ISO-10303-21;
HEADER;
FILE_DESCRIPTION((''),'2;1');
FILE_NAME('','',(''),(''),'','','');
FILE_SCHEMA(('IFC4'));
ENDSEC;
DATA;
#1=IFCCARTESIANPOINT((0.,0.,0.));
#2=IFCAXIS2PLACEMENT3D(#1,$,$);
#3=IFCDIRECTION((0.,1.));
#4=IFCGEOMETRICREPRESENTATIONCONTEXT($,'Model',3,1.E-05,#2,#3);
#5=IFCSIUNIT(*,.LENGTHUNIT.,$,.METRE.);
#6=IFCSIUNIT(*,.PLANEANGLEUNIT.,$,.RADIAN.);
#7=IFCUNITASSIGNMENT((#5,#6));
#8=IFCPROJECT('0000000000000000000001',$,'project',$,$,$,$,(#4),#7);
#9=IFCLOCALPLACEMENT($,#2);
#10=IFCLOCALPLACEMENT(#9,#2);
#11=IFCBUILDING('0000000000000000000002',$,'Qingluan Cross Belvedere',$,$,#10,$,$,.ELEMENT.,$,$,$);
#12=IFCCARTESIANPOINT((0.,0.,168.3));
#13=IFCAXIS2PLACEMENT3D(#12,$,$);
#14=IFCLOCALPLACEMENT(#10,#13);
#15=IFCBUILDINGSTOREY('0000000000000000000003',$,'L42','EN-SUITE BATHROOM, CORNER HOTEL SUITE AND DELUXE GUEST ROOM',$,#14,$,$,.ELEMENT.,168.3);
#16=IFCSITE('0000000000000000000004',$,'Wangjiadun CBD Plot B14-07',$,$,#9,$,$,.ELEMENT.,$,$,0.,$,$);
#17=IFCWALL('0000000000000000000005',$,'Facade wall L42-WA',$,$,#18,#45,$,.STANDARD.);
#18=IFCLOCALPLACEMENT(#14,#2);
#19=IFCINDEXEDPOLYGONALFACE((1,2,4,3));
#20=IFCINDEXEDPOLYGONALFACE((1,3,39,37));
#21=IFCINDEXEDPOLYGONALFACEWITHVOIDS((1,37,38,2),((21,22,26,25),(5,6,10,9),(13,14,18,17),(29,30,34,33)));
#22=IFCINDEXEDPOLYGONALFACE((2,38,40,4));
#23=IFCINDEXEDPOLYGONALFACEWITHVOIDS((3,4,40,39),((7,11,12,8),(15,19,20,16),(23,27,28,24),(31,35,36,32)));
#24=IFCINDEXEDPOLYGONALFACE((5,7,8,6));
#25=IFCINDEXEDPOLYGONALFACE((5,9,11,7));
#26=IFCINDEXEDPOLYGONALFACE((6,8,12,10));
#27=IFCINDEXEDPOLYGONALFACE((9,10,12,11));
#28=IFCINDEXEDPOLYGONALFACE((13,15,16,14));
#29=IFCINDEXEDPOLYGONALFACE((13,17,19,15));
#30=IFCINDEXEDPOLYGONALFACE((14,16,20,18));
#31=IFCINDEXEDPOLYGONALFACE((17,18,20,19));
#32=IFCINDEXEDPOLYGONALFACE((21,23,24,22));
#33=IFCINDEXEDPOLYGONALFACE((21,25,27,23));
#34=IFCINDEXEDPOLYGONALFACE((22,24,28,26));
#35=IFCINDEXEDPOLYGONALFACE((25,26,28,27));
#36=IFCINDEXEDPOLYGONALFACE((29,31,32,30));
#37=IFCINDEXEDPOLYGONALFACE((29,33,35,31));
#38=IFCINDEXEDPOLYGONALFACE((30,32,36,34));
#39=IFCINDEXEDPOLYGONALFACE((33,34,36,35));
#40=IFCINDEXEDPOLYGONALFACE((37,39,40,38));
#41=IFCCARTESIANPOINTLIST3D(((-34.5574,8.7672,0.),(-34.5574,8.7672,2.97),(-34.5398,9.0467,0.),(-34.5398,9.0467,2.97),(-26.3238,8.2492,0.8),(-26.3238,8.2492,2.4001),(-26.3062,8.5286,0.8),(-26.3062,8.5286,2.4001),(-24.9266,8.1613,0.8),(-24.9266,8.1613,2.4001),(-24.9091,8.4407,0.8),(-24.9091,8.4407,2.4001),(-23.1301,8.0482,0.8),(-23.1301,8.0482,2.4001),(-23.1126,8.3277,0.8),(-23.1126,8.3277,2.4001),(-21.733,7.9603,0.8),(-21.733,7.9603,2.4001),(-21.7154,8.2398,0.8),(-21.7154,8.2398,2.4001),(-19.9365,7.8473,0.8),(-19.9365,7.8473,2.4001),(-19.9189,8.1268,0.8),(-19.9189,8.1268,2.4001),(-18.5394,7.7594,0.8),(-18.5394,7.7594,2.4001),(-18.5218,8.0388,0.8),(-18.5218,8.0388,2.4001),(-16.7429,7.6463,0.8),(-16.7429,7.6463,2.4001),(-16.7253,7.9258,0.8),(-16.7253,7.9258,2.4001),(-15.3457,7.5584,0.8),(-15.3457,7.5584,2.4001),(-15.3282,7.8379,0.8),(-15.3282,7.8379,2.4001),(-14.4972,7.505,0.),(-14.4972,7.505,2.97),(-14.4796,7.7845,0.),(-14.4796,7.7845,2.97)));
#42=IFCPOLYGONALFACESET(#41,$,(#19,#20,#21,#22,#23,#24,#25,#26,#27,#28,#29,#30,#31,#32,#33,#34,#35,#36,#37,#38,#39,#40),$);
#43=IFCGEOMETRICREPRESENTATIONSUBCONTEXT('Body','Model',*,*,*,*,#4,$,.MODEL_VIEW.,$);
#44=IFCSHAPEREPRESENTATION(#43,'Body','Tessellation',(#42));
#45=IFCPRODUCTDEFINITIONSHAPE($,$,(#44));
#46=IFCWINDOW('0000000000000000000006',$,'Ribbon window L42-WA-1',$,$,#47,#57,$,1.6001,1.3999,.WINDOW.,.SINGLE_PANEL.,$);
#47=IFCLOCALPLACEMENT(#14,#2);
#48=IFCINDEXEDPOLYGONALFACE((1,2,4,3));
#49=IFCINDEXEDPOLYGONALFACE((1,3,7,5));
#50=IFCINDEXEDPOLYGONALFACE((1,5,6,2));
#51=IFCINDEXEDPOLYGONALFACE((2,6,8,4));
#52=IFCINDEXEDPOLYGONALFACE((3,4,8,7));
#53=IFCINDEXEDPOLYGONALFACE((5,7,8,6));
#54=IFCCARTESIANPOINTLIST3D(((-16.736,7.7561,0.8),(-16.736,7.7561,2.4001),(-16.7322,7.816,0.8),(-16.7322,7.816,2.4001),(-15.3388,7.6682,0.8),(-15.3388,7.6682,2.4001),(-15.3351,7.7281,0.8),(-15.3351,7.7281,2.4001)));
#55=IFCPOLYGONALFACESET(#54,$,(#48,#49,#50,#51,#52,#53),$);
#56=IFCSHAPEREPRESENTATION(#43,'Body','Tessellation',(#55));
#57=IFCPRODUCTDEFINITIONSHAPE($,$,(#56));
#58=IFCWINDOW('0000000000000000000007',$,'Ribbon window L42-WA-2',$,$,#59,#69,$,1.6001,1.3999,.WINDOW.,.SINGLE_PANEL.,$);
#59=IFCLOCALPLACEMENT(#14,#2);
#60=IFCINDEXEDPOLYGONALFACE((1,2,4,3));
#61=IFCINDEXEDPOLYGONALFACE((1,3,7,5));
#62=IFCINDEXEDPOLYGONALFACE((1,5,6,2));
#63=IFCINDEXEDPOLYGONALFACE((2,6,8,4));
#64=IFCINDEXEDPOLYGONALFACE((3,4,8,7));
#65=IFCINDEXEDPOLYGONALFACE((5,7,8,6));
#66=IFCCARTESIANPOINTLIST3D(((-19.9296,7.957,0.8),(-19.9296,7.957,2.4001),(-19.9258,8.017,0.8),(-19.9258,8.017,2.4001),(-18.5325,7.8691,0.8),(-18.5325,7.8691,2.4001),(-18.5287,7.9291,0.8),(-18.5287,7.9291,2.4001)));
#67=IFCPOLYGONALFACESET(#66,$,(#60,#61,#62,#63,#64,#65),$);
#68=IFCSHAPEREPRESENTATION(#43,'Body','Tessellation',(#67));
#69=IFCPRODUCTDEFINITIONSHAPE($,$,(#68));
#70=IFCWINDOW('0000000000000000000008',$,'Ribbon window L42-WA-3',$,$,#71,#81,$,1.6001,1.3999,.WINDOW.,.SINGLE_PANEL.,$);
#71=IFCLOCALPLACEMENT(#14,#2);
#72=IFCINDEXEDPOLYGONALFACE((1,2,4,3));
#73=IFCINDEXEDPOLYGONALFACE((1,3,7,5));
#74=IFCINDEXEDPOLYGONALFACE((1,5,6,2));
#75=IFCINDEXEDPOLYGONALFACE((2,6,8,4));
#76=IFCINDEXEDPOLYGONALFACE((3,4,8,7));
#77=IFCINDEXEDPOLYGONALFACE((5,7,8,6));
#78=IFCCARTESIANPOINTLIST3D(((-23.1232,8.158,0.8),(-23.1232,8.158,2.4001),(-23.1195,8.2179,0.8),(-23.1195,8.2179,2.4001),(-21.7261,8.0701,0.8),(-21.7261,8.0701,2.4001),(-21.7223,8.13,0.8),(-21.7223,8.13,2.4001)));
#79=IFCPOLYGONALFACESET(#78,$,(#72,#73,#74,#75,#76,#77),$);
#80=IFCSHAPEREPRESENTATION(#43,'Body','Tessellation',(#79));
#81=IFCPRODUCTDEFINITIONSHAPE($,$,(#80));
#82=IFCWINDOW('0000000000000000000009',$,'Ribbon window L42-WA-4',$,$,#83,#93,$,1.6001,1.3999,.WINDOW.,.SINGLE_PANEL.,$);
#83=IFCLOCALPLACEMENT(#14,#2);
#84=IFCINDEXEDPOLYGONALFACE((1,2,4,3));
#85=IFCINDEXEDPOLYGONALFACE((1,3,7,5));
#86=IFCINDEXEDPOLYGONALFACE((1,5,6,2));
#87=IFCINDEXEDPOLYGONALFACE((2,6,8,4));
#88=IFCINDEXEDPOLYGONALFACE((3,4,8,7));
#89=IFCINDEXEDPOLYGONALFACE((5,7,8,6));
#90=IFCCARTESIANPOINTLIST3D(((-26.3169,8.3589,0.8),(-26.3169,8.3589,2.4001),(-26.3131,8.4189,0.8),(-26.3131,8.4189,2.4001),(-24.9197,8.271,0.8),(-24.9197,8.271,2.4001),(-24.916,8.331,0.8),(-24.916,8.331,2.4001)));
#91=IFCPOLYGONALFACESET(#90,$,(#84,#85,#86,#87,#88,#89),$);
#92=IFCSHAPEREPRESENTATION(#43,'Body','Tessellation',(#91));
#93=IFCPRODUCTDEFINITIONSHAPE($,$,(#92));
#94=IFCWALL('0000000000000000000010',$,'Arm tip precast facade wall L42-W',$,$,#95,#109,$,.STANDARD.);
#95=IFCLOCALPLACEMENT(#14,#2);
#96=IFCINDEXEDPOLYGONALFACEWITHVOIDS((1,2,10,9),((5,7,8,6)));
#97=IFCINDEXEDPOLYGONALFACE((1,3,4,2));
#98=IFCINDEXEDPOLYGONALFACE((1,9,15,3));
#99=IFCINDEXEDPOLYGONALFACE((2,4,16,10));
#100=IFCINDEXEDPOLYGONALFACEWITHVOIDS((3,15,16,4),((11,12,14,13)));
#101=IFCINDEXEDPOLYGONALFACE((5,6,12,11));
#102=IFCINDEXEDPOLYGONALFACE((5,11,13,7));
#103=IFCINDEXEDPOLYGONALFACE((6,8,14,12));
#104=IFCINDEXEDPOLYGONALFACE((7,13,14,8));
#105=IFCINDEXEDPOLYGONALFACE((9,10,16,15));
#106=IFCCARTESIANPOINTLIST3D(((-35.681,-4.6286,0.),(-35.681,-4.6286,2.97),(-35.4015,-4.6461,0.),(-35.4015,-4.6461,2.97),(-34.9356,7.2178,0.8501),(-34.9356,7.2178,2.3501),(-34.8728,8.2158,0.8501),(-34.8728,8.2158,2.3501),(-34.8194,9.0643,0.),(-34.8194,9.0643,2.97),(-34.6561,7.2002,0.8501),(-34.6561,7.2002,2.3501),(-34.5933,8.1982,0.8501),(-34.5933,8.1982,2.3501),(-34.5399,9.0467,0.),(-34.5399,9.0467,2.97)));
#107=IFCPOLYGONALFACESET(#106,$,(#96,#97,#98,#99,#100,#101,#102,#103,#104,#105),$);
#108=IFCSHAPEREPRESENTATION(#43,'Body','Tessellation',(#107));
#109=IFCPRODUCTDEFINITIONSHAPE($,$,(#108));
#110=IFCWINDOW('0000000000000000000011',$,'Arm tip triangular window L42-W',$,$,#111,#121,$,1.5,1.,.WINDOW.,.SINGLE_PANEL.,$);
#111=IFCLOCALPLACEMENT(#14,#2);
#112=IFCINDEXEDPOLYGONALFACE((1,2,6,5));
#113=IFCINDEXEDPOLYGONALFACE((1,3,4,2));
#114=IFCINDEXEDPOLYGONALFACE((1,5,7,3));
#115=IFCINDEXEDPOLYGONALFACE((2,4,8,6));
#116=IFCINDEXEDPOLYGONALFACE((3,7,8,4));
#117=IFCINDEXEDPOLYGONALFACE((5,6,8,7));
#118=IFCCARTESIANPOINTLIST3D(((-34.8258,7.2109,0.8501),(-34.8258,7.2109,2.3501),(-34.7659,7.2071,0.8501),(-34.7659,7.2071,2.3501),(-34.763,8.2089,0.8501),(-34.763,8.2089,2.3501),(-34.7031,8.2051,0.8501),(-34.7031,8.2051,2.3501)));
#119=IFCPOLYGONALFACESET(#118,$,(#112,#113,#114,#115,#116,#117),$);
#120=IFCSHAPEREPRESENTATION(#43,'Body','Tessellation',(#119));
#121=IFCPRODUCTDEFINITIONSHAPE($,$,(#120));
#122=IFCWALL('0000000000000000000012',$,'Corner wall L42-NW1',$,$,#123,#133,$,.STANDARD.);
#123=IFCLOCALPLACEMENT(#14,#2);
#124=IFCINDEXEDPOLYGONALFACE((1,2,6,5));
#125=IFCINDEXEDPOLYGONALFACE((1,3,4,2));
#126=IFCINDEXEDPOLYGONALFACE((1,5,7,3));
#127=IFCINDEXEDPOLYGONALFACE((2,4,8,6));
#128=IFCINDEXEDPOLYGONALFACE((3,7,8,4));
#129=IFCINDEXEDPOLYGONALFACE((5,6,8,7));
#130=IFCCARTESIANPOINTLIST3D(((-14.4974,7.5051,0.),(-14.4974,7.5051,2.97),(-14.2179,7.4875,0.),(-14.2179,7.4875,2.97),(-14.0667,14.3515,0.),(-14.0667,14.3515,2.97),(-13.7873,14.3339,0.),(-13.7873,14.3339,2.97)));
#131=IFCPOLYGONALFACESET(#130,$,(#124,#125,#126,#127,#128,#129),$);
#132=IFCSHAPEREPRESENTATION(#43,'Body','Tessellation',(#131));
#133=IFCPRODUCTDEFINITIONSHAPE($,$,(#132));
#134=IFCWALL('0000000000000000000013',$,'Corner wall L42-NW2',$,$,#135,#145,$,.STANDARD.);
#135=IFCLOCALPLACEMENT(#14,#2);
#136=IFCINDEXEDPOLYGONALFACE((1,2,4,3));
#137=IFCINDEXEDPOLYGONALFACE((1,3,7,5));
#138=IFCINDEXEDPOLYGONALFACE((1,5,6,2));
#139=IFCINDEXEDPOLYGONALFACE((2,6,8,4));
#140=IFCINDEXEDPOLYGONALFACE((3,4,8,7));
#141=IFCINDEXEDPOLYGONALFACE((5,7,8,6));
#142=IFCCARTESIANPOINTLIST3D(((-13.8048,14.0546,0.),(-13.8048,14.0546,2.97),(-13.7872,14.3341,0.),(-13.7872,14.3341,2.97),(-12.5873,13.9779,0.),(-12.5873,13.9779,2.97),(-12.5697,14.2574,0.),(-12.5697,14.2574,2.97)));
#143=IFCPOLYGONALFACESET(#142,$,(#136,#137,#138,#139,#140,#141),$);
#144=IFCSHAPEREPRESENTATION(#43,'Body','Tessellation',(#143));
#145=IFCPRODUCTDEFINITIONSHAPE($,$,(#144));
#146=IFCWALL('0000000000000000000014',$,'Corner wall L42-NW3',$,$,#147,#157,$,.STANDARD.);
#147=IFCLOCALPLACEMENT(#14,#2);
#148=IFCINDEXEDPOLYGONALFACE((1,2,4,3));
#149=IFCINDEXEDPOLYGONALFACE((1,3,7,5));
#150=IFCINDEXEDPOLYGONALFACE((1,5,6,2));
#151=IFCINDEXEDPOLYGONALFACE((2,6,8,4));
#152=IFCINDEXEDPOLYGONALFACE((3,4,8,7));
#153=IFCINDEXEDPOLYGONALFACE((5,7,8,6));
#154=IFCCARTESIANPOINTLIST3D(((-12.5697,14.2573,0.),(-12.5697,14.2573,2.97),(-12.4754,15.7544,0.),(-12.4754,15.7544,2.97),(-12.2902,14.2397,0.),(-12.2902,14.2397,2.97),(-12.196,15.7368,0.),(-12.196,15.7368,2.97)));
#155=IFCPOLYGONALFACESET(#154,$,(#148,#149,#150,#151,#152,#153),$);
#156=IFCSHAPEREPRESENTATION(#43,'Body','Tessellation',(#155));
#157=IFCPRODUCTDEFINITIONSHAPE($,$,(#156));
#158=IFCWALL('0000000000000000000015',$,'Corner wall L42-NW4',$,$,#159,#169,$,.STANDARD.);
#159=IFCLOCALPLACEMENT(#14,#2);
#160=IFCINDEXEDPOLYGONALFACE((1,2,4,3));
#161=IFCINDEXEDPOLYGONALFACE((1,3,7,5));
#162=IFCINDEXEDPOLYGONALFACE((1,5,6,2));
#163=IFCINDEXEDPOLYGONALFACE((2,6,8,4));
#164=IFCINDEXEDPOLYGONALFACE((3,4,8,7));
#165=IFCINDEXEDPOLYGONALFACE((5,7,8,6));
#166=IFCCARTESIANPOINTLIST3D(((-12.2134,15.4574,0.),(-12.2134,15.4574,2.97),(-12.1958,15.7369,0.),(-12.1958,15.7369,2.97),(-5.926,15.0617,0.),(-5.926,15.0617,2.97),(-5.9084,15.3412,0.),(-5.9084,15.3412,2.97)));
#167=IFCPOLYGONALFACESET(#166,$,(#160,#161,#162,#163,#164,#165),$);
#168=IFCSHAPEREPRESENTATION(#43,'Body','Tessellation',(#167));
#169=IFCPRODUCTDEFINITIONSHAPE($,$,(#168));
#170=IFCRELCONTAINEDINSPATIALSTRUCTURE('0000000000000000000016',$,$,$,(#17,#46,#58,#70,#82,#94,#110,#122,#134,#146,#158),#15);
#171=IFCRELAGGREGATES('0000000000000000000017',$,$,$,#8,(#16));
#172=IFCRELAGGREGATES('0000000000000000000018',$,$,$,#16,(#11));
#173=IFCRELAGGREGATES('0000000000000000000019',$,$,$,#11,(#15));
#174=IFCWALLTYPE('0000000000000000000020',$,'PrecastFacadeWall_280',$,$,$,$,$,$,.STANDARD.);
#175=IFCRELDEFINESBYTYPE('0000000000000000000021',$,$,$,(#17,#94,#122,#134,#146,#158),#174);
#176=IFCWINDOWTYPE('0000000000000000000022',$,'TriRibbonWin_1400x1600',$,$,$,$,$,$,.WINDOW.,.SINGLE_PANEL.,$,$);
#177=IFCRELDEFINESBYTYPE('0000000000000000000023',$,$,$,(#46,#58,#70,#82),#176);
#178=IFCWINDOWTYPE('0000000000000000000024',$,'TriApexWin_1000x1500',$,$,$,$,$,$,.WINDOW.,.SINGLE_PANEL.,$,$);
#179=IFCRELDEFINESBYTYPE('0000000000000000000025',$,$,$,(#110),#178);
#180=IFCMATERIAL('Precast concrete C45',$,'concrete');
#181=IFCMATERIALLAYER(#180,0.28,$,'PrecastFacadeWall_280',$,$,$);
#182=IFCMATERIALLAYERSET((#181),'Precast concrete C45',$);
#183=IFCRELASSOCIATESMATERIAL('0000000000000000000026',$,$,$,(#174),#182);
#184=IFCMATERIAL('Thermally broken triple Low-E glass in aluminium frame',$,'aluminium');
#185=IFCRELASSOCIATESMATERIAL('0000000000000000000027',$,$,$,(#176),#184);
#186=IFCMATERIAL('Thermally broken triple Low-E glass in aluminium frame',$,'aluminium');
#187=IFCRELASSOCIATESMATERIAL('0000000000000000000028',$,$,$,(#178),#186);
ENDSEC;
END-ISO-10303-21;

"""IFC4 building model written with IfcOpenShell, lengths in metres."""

from ifc_helpers import new_model, si_unit, direction, frame, frame_2d, origin, place, context, subcontext, project, spatial, rectangle, extrude, material, layer, layer_set, type_object, element, fill, save


model = new_model("IFC4")

# Units and contexts
model_context = context("Model", 3, precision=1e-05, world=origin(), true_north=direction((0.0, 1.0)))
body_context = subcontext(model_context, "Body", "Model", "MODEL_VIEW")
ifc_project = project(units=[si_unit("LENGTHUNIT", "METRE"), si_unit("PLANEANGLEUNIT", "RADIAN")], contexts=[model_context])

# Site, building, storey
site_placement = place(None, origin())
site = spatial("IfcSite", under=ifc_project, at=site_placement, Name="Wangjiadun CBD Plot B14-07", CompositionType="ELEMENT", RefElevation=0.0)
building_placement = place(site_placement, origin())
building = spatial("IfcBuilding", under=site, at=building_placement, Name="Qingluan Cross Belvedere", CompositionType="ELEMENT")
storey_placement = place(building_placement, frame((0.0, 0.0, 168.3)))
storey = spatial("IfcBuildingStorey", under=building, at=storey_placement, Name="L42", Description="EN-SUITE BATHROOM, CORNER HOTEL SUITE AND DELUXE GUEST ROOM", CompositionType="ELEMENT", Elevation=168.3)

# Wall, openings, windows
ifc_material_1 = material(Name="Precast concrete C45", Category="concrete")
ifc_layer_1 = layer(ifc_material_1, 0.28, Name="PrecastFacadeWall_280")
ifc_layer_set_1 = layer_set([ifc_layer_1], Name="Precast concrete C45")
wall_type_1 = type_object("IfcWallType", Name="PrecastFacadeWall_280", PredefinedType="STANDARD", material=ifc_layer_set_1)
wall_1_placement = place(storey_placement, frame((-14.4885, 7.6448, 0.0), z_axis=(0.0, 0.0, 1.0), x_axis=(-0.998026, 0.062796, 0.0)))
wall_1 = element("IfcWall", 1, at=wall_1_placement, inside=storey, type_object=wall_type_1, Name="Facade wall L42-WA", PredefinedType="STANDARD", context=body_context, shape_type="SweptSolid", body=[
    extrude(rectangle(XDim=20.0999, YDim=0.28, at=frame_2d((10.0498, 0.0))), origin(), (0.0, 0.0, 1.0), 2.97),
])
opening_1_placement = place(wall_1_placement, frame((0.8501, 0.0, 0.8)))
opening_1 = element("IfcOpeningElement", 2, at=opening_1_placement, cuts=wall_1, PredefinedType="OPENING", context=body_context, shape_type="SweptSolid", body=[
    extrude(rectangle(XDim=1.3999, YDim=1.6001, at=frame_2d((0.7, 0.8))), frame((0.0, 0.1499, 0.0), z_axis=(0.0, -1.0, 0.0), x_axis=(1.0, 0.0, 0.0)), (0.0, 0.0, 1.0), 0.3),
])
opening_2_placement = place(wall_1_placement, frame((4.05, 0.0, 0.8)))
opening_2 = element("IfcOpeningElement", 3, at=opening_2_placement, cuts=wall_1, PredefinedType="OPENING", context=body_context, shape_type="SweptSolid", body=[
    extrude(rectangle(XDim=1.3999, YDim=1.6001, at=frame_2d((0.7, 0.8))), frame((0.0, 0.1499, 0.0), z_axis=(0.0, -1.0, 0.0), x_axis=(1.0, 0.0, 0.0)), (0.0, 0.0, 1.0), 0.3),
])
opening_3_placement = place(wall_1_placement, frame((7.25, 0.0, 0.8)))
opening_3 = element("IfcOpeningElement", 4, at=opening_3_placement, cuts=wall_1, PredefinedType="OPENING", context=body_context, shape_type="SweptSolid", body=[
    extrude(rectangle(XDim=1.3999, YDim=1.6001, at=frame_2d((0.7, 0.8))), frame((0.0, 0.1499, 0.0), z_axis=(0.0, -1.0, 0.0), x_axis=(1.0, 0.0, 0.0)), (0.0, 0.0, 1.0), 0.3),
])
opening_4_placement = place(wall_1_placement, frame((10.45, 0.0, 0.8)))
opening_4 = element("IfcOpeningElement", 5, at=opening_4_placement, cuts=wall_1, PredefinedType="OPENING", context=body_context, shape_type="SweptSolid", body=[
    extrude(rectangle(XDim=1.3999, YDim=1.6001, at=frame_2d((0.7, 0.8))), frame((0.0, 0.1499, 0.0), z_axis=(0.0, -1.0, 0.0), x_axis=(1.0, 0.0, 0.0)), (0.0, 0.0, 1.0), 0.3),
])
ifc_material_2 = material(Name="Thermally broken triple Low-E glass in aluminium frame", Category="aluminium")
window_type_1 = type_object("IfcWindowType", Name="TriRibbonWin_1400x1600", PartitioningType="SINGLE_PANEL", PredefinedType="WINDOW", material=ifc_material_2)
window_1_placement = place(opening_1_placement, origin())
window_1 = element("IfcWindow", 6, at=window_1_placement, inside=storey, type_object=window_type_1, Name="Ribbon window L42-WA-1", OverallHeight=1.6001, OverallWidth=1.3999, PartitioningType="SINGLE_PANEL", PredefinedType="WINDOW", context=body_context, shape_type="SweptSolid", body=[
    extrude(rectangle(XDim=1.3999, YDim=1.6001, at=frame_2d((0.7, 0.8))), frame((0.0, 0.03, 0.0), z_axis=(0.0, -1.0, 0.0), x_axis=(1.0, 0.0, 0.0)), (0.0, 0.0, 1.0), 0.0601),
])
fill(opening_1, window_1)
window_2_placement = place(opening_2_placement, origin())
window_2 = element("IfcWindow", 7, at=window_2_placement, inside=storey, type_object=window_type_1, Name="Ribbon window L42-WA-2", OverallHeight=1.6001, OverallWidth=1.3999, PartitioningType="SINGLE_PANEL", PredefinedType="WINDOW", context=body_context, shape_type="SweptSolid", body=[
    extrude(rectangle(XDim=1.3999, YDim=1.6001, at=frame_2d((0.7, 0.8))), frame((0.0, 0.03, 0.0), z_axis=(0.0, -1.0, 0.0), x_axis=(1.0, 0.0, 0.0)), (0.0, 0.0, 1.0), 0.0601),
])
fill(opening_2, window_2)
window_3_placement = place(opening_3_placement, origin())
window_3 = element("IfcWindow", 8, at=window_3_placement, inside=storey, type_object=window_type_1, Name="Ribbon window L42-WA-3", OverallHeight=1.6001, OverallWidth=1.3999, PartitioningType="SINGLE_PANEL", PredefinedType="WINDOW", context=body_context, shape_type="SweptSolid", body=[
    extrude(rectangle(XDim=1.3999, YDim=1.6001, at=frame_2d((0.7, 0.8))), frame((0.0, 0.03, 0.0), z_axis=(0.0, -1.0, 0.0), x_axis=(1.0, 0.0, 0.0)), (0.0, 0.0, 1.0), 0.0601),
])
fill(opening_3, window_3)
window_4_placement = place(opening_4_placement, origin())
window_4 = element("IfcWindow", 9, at=window_4_placement, inside=storey, type_object=window_type_1, Name="Ribbon window L42-WA-4", OverallHeight=1.6001, OverallWidth=1.3999, PartitioningType="SINGLE_PANEL", PredefinedType="WINDOW", context=body_context, shape_type="SweptSolid", body=[
    extrude(rectangle(XDim=1.3999, YDim=1.6001, at=frame_2d((0.7, 0.8))), frame((0.0, 0.03, 0.0), z_axis=(0.0, -1.0, 0.0), x_axis=(1.0, 0.0, 0.0)), (0.0, 0.0, 1.0), 0.0601),
])
fill(opening_4, window_4)

# Wall, opening, window
wall_2_placement = place(storey_placement, frame((-34.6797, 9.0554, 0.0), z_axis=(0.0, 0.0, 1.0), x_axis=(-0.062797, -0.998026, 0.0)))
wall_2 = element("IfcWall", 10, at=wall_2_placement, inside=storey, type_object=wall_type_1, Name="Arm tip precast facade wall L42-W", PredefinedType="STANDARD", context=body_context, shape_type="SweptSolid", body=[
    extrude(rectangle(XDim=13.72, YDim=0.28, at=frame_2d((6.8599, 0.0))), origin(), (0.0, 0.0, 1.0), 2.97),
])
opening_5_placement = place(wall_2_placement, frame((0.8501, 0.0, 0.8501)))
opening_5 = element("IfcOpeningElement", 11, at=opening_5_placement, cuts=wall_2, PredefinedType="OPENING", context=body_context, shape_type="SweptSolid", body=[
    extrude(rectangle(XDim=1.0, YDim=1.5, at=frame_2d((0.5, 0.75))), frame((0.0, 0.1499, 0.0), z_axis=(0.0, -1.0, 0.0), x_axis=(1.0, 0.0, 0.0)), (0.0, 0.0, 1.0), 0.3),
])
ifc_material_3 = material(Name="Thermally broken triple Low-E glass in aluminium frame", Category="aluminium")
window_type_2 = type_object("IfcWindowType", Name="TriApexWin_1000x1500", PartitioningType="SINGLE_PANEL", PredefinedType="WINDOW", material=ifc_material_3)
window_5_placement = place(opening_5_placement, origin())
window_5 = element("IfcWindow", 12, at=window_5_placement, inside=storey, type_object=window_type_2, Name="Arm tip triangular window L42-W", OverallHeight=1.5, OverallWidth=1.0, PartitioningType="SINGLE_PANEL", PredefinedType="WINDOW", context=body_context, shape_type="SweptSolid", body=[
    extrude(rectangle(XDim=1.0, YDim=1.5, at=frame_2d((0.5, 0.75))), frame((0.0, 0.03, 0.0), z_axis=(0.0, -1.0, 0.0), x_axis=(1.0, 0.0, 0.0)), (0.0, 0.0, 1.0), 0.0601),
])
fill(opening_5, window_5)

# Walls
wall_3_placement = place(storey_placement, frame((-14.3577, 7.4963, 0.0), z_axis=(0.0, 0.0, 1.0), x_axis=(0.062779, 0.998027, 0.0)))
element("IfcWall", 13, at=wall_3_placement, inside=storey, type_object=wall_type_1, Name="Corner wall L42-NW1", PredefinedType="STANDARD", context=body_context, shape_type="SweptSolid", body=[
    extrude(rectangle(XDim=6.8599, YDim=0.28, at=frame_2d((3.4299, 0.0))), origin(), (0.0, 0.0, 1.0), 2.97),
])
wall_4_placement = place(storey_placement, frame((-13.7959, 14.1943, 0.0), z_axis=(0.0, 0.0, 1.0), x_axis=(0.998024, -0.062839, 0.0)))
element("IfcWall", 14, at=wall_4_placement, inside=storey, type_object=wall_type_1, Name="Corner wall L42-NW2", PredefinedType="STANDARD", context=body_context, shape_type="SweptSolid", body=[
    extrude(rectangle(XDim=1.22, YDim=0.28, at=frame_2d((0.6099, 0.0))), origin(), (0.0, 0.0, 1.0), 2.97),
])
wall_5_placement = place(storey_placement, frame((-12.4299, 14.2485, 0.0), z_axis=(0.0, 0.0, 1.0), x_axis=(0.062824, 0.998025, 0.0)))
element("IfcWall", 15, at=wall_5_placement, inside=storey, type_object=wall_type_1, Name="Corner wall L42-NW3", PredefinedType="STANDARD", context=body_context, shape_type="SweptSolid", body=[
    extrude(rectangle(XDim=1.5, YDim=0.28, at=frame_2d((0.75, 0.0))), origin(), (0.0, 0.0, 1.0), 2.97),
])
wall_6_placement = place(storey_placement, frame((-12.2046, 15.5972, 0.0), z_axis=(0.0, 0.0, 1.0), x_axis=(0.998025, -0.06282, 0.0)))
element("IfcWall", 16, at=wall_6_placement, inside=storey, type_object=wall_type_1, Name="Corner wall L42-NW4", PredefinedType="STANDARD", context=body_context, shape_type="SweptSolid", body=[
    extrude(rectangle(XDim=6.2998, YDim=0.28, at=frame_2d((3.1499, 0.0))), origin(), (0.0, 0.0, 1.0), 2.97),
])

save(model, "model.ifc")
